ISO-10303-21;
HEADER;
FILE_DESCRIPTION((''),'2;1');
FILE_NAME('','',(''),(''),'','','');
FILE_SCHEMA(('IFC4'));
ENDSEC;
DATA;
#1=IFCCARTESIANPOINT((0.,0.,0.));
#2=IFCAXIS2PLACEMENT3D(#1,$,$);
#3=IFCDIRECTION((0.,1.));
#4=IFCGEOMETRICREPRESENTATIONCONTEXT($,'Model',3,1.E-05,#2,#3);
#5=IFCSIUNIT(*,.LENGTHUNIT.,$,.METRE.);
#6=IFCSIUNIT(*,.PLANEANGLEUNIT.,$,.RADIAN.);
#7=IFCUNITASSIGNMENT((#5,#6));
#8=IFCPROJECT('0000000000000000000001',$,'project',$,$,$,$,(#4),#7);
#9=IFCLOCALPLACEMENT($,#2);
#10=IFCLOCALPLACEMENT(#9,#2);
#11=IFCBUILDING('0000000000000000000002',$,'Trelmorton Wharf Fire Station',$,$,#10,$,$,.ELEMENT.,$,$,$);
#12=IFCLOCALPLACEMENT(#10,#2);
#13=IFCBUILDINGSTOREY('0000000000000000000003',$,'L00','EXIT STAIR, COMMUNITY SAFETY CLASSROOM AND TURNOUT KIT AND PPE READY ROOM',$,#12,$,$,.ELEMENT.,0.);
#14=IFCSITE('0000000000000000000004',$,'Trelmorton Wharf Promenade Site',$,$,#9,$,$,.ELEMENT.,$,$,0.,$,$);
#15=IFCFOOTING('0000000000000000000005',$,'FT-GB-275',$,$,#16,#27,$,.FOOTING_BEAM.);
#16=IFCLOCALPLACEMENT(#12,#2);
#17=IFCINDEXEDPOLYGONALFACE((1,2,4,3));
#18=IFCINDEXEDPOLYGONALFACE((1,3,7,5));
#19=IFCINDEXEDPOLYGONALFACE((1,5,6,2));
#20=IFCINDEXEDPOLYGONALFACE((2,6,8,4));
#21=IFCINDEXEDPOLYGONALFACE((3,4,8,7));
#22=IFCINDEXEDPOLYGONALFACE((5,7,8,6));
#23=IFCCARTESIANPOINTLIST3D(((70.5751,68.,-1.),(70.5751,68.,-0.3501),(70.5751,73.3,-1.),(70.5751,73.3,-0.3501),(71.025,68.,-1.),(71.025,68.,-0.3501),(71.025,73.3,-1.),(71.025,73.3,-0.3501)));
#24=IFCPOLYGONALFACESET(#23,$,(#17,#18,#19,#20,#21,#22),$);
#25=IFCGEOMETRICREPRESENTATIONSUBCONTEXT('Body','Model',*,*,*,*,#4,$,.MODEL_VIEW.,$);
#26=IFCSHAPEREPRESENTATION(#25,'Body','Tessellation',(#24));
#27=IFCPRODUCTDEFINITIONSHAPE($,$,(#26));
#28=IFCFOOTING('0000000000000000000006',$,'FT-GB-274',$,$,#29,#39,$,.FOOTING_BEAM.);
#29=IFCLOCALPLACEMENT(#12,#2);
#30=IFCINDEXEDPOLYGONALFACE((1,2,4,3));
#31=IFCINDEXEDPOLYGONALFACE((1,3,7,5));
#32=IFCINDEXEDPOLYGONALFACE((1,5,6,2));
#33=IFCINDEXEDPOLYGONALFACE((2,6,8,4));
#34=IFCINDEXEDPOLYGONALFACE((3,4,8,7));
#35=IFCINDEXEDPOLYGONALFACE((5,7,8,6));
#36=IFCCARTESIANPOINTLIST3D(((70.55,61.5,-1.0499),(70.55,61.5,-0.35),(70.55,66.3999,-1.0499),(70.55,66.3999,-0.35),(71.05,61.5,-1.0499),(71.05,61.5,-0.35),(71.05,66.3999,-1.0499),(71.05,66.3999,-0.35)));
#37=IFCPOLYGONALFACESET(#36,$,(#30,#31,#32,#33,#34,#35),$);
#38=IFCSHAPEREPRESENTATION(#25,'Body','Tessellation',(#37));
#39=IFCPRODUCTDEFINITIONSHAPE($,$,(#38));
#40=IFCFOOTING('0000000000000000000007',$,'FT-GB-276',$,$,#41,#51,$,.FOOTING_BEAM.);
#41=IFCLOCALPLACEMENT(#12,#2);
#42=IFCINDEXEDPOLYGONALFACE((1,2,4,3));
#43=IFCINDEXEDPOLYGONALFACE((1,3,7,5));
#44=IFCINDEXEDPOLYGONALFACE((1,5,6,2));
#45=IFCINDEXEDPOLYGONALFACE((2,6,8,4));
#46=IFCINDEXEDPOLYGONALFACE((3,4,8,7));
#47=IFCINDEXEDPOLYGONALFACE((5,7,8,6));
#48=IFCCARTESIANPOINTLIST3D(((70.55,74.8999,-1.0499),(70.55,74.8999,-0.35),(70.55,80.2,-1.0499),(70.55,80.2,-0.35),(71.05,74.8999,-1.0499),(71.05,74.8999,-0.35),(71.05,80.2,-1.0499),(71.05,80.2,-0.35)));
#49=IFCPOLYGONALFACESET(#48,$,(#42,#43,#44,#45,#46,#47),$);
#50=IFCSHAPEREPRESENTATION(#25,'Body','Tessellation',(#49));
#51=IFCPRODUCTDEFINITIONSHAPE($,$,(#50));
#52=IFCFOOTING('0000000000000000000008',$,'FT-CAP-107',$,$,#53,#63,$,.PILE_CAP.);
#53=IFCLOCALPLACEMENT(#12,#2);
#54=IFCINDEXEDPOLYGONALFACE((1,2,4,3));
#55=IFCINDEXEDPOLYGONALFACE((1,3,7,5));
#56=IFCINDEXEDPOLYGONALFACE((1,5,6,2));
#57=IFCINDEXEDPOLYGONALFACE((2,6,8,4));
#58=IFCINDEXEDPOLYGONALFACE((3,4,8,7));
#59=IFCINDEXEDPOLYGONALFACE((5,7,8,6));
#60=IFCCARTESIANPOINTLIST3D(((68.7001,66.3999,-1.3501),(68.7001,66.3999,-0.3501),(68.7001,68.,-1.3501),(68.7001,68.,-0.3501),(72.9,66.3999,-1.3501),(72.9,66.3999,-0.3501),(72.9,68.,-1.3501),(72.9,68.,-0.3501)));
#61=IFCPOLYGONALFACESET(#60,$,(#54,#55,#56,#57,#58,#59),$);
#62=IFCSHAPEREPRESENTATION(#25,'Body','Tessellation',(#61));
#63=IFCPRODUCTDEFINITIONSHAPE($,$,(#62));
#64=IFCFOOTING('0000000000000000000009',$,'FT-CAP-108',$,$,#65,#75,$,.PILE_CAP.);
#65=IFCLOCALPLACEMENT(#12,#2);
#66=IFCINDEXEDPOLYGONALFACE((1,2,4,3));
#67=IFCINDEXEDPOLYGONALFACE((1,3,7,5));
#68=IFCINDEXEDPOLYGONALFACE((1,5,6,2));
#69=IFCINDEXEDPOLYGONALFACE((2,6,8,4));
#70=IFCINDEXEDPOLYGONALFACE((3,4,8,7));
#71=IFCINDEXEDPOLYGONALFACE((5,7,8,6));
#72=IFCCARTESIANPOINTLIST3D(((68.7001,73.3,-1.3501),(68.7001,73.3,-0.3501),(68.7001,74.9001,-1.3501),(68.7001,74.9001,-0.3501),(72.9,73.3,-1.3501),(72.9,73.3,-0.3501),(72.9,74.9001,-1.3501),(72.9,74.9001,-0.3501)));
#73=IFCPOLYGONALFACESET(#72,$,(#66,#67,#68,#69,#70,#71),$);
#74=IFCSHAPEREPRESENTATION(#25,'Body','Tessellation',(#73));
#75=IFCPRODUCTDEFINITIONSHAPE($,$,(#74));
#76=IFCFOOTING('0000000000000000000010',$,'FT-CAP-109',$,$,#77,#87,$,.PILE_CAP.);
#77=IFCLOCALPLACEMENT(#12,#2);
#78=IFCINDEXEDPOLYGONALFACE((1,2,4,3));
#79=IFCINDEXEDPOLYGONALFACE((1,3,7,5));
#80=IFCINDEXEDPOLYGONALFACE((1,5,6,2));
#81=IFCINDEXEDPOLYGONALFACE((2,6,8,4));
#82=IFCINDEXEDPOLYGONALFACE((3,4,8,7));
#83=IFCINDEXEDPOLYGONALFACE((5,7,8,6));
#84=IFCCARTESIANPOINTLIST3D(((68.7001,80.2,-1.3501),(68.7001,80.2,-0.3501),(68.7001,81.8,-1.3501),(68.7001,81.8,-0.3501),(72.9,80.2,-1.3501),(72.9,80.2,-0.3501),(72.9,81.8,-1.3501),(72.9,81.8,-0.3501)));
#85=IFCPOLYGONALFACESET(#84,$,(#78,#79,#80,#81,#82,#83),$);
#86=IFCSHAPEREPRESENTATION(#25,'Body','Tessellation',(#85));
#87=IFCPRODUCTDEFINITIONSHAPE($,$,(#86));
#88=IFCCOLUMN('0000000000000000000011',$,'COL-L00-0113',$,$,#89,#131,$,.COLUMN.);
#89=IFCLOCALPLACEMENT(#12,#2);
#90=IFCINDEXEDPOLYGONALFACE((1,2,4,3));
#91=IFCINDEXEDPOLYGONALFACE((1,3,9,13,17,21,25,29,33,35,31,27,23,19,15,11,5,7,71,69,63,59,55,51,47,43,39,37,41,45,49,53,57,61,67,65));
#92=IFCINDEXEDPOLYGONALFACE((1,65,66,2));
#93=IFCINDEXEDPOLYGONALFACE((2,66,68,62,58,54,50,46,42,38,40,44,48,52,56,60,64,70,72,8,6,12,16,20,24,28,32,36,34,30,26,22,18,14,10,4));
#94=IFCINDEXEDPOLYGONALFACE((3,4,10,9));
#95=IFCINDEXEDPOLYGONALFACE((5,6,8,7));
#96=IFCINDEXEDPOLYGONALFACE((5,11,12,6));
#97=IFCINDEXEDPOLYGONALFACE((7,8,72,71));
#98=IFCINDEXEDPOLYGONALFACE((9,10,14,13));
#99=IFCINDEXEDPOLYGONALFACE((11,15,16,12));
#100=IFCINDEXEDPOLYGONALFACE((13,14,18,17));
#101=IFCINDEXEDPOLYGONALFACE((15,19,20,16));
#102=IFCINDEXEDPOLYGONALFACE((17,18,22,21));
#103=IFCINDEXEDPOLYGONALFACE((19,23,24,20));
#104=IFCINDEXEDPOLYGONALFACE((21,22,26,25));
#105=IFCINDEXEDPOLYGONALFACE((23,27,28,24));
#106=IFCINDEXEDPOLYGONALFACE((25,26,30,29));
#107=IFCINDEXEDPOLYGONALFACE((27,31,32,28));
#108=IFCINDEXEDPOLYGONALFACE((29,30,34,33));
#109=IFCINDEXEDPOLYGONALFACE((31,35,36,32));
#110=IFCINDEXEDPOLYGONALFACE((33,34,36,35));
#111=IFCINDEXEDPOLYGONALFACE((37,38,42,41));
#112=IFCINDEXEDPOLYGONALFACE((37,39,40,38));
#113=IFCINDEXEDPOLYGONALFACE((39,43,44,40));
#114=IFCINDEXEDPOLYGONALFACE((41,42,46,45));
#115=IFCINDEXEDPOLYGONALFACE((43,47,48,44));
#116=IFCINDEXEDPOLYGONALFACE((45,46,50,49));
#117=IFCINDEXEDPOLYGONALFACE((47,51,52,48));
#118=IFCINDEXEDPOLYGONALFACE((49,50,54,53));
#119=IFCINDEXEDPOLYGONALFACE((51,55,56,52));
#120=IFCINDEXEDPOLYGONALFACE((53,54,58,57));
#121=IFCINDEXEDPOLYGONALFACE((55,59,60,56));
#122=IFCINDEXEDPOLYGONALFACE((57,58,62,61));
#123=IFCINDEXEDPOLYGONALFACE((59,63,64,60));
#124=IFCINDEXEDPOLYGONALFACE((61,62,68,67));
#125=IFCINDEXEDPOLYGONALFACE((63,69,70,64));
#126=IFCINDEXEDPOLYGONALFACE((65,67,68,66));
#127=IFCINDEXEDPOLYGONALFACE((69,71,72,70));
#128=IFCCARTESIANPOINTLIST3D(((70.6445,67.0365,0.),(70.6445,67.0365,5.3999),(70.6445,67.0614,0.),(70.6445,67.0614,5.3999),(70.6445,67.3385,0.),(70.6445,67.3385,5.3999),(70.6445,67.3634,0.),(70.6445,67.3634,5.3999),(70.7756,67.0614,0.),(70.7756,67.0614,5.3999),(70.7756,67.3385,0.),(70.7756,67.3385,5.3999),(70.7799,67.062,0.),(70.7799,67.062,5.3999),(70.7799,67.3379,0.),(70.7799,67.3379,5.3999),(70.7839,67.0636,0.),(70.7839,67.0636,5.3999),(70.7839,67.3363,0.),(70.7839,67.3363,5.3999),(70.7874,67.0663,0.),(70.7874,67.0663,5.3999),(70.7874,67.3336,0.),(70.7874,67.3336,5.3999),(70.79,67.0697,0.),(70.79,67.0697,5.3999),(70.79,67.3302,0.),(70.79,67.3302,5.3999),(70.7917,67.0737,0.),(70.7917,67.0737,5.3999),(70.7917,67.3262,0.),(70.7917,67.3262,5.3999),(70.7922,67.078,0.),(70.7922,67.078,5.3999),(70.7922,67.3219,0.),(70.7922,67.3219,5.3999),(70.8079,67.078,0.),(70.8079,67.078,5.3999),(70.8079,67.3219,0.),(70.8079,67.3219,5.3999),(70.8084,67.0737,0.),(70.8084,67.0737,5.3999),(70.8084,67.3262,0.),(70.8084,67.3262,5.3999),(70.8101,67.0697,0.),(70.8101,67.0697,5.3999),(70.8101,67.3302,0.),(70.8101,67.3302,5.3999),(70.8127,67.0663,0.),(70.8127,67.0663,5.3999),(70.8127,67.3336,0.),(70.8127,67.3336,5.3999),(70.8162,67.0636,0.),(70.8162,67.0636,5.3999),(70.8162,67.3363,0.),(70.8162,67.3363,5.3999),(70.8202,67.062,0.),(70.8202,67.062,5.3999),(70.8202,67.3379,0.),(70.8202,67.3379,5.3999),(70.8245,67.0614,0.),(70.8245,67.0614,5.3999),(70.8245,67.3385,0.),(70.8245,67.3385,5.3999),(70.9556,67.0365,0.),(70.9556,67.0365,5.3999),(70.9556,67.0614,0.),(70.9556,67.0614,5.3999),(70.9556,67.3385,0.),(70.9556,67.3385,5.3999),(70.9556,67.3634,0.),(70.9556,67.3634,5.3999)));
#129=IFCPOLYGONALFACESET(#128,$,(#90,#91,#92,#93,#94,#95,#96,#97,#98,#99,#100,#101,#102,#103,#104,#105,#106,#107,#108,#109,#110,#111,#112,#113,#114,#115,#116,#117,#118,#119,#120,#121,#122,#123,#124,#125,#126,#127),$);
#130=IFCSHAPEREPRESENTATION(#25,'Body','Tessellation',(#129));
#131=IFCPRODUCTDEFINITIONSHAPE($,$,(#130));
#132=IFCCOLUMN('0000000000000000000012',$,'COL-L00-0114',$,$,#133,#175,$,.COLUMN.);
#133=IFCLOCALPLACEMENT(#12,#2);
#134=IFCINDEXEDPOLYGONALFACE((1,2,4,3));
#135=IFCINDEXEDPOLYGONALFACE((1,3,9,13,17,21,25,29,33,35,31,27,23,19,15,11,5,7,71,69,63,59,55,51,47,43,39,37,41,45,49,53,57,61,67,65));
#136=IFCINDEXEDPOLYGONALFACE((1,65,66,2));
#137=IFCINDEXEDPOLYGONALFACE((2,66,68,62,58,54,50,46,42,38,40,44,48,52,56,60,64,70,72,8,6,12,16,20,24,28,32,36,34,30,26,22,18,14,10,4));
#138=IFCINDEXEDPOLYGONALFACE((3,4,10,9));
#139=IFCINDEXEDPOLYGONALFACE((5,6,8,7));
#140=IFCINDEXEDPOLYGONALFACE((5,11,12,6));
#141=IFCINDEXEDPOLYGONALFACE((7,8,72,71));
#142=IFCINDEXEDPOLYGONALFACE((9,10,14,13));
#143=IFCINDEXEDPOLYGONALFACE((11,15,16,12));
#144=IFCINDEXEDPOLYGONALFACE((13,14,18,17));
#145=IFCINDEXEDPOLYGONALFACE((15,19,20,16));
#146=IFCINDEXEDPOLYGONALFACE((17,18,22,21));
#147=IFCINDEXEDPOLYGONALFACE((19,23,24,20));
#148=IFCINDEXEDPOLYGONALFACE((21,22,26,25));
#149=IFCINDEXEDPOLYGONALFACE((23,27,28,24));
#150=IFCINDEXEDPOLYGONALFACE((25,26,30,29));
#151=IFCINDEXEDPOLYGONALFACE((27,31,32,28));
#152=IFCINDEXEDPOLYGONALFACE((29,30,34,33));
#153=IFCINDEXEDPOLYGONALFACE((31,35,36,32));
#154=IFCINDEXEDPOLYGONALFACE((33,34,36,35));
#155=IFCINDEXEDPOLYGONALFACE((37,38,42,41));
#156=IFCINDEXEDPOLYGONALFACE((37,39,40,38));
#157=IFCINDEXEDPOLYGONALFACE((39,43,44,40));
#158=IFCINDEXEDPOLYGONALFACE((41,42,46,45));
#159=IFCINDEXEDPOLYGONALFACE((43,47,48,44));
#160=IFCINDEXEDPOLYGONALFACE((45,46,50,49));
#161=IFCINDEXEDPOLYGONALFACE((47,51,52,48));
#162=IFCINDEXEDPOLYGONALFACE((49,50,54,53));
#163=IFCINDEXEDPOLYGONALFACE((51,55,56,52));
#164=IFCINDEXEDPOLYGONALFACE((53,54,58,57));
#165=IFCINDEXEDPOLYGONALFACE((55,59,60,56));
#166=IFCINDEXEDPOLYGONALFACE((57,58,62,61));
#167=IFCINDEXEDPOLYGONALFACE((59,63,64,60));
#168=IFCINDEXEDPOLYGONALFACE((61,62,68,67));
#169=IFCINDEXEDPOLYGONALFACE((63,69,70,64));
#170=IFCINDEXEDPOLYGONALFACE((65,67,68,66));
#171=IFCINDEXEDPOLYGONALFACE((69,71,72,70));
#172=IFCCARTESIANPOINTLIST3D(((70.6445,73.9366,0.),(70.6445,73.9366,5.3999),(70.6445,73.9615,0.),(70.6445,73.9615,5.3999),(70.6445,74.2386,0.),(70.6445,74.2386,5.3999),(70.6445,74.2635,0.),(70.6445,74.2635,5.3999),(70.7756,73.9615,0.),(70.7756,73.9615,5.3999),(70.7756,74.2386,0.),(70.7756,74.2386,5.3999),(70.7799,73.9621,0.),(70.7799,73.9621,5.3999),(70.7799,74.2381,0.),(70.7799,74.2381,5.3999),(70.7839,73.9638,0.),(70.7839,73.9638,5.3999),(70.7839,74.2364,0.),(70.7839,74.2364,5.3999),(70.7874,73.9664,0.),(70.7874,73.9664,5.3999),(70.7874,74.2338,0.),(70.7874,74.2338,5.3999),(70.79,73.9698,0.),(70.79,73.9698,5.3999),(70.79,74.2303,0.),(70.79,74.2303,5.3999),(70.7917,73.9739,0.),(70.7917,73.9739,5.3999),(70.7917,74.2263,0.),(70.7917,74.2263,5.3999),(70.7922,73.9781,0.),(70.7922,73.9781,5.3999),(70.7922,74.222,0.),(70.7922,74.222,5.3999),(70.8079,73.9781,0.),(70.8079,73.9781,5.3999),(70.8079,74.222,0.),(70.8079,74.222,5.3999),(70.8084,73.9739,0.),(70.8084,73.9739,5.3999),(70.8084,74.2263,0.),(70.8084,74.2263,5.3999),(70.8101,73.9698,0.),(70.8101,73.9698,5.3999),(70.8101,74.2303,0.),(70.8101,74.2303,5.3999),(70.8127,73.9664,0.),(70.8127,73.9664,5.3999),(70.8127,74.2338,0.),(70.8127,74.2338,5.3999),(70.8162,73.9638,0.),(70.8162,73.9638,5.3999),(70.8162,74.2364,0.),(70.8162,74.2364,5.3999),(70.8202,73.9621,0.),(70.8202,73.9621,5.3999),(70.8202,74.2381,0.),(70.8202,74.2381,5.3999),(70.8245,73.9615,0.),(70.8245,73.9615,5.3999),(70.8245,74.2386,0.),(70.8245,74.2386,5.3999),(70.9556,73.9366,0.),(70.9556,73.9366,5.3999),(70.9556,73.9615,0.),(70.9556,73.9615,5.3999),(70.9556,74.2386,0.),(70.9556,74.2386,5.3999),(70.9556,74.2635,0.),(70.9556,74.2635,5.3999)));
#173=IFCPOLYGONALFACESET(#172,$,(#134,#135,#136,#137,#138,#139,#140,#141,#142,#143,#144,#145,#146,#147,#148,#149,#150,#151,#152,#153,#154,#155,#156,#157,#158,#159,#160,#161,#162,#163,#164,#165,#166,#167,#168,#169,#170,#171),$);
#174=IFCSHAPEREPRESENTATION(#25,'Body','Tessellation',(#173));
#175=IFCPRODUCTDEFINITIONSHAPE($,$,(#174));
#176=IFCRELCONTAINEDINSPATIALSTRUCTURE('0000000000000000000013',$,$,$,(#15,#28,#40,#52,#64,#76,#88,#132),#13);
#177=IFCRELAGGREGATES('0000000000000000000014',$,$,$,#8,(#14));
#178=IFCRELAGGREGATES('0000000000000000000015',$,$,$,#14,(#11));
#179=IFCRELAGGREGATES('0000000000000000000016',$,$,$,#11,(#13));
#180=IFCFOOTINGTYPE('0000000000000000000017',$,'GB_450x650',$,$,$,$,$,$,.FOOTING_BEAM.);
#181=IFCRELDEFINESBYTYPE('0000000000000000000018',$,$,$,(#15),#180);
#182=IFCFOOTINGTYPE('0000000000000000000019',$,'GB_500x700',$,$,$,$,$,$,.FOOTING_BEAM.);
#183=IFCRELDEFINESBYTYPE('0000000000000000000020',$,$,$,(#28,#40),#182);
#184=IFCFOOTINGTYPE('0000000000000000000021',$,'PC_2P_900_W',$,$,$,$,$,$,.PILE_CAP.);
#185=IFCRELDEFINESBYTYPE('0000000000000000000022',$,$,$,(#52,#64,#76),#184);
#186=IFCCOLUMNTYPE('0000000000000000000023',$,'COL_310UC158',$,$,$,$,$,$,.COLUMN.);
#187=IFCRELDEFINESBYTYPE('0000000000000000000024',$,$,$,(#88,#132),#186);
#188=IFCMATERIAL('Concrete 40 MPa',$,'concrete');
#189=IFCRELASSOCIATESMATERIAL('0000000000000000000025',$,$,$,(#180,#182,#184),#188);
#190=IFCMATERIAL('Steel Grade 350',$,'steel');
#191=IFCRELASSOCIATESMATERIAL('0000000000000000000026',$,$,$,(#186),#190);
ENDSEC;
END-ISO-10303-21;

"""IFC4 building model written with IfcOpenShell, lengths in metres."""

from ifc_helpers import new_model, si_unit, direction, frame, origin, origin_2d, place, context, subcontext, project, spatial, rectangle, i_section, extrude, material, material_profile, profile_set, type_object, element, save


model = new_model("IFC4")

# Units and contexts
model_context = context("Model", 3, precision=1e-05, world=origin(), true_north=direction((0.0, 1.0)))
body_context = subcontext(model_context, "Body", "Model", "MODEL_VIEW")
ifc_project = project(units=[si_unit("LENGTHUNIT", "METRE"), si_unit("PLANEANGLEUNIT", "RADIAN")], contexts=[model_context])

# Site, building, storey
site_placement = place(None, origin())
site = spatial("IfcSite", under=ifc_project, at=site_placement, Name="Trelmorton Wharf Promenade Site", CompositionType="ELEMENT", RefElevation=0.0)
building_placement = place(site_placement, origin())
building = spatial("IfcBuilding", under=site, at=building_placement, Name="Trelmorton Wharf Fire Station", CompositionType="ELEMENT")
storey_placement = place(building_placement, origin())
storey = spatial("IfcBuildingStorey", under=building, at=storey_placement, Name="L00", Description="EXIT STAIR, COMMUNITY SAFETY CLASSROOM AND TURNOUT KIT AND PPE READY ROOM", CompositionType="ELEMENT", Elevation=0.0)

# Footings
ifc_material_1 = material(Name="Concrete 40 MPa", Category="concrete")
ifc_material_profile_1 = material_profile(ifc_material_1, rectangle(XDim=0.45, YDim=0.6499, at=origin_2d()), Name="RC450x650")
ifc_profile_set_1 = profile_set([ifc_material_profile_1], Name="Concrete 40 MPa")
footing_type_1 = type_object("IfcFootingType", Name="GB_450x650", PredefinedType="FOOTING_BEAM", material=ifc_profile_set_1)
footing_1_placement = place(storey_placement, frame((70.8, 68.0, -0.675), z_axis=(0.0, 1.0, 0.0), x_axis=(-1.0, 0.0, 0.0)))
element("IfcFooting", 1, at=footing_1_placement, inside=storey, type_object=footing_type_1, Name="FT-GB-275", PredefinedType="FOOTING_BEAM", context=body_context, shape_type="SweptSolid", body=[
    extrude(rectangle(XDim=0.45, YDim=0.6499, at=origin_2d()), origin(), (0.0, 0.0, 1.0), 5.3),
])
ifc_material_profile_2 = material_profile(ifc_material_1, rectangle(XDim=0.5, YDim=0.7, at=origin_2d()), Name="RC500x700")
ifc_profile_set_2 = profile_set([ifc_material_profile_2], Name="Concrete 40 MPa")
footing_type_2 = type_object("IfcFootingType", Name="GB_500x700", PredefinedType="FOOTING_BEAM", material=ifc_profile_set_2)
footing_2_placement = place(storey_placement, frame((70.8, 61.5, -0.7), z_axis=(0.0, 1.0, 0.0), x_axis=(-1.0, 0.0, 0.0)))
element("IfcFooting", 2, at=footing_2_placement, inside=storey, type_object=footing_type_2, Name="FT-GB-274", PredefinedType="FOOTING_BEAM", context=body_context, shape_type="SweptSolid", body=[
    extrude(rectangle(XDim=0.5, YDim=0.7, at=origin_2d()), origin(), (0.0, 0.0, 1.0), 4.8999),
])
footing_3_placement = place(storey_placement, frame((70.8, 74.8999, -0.7), z_axis=(0.0, 1.0, 0.0), x_axis=(-1.0, 0.0, 0.0)))
element("IfcFooting", 3, at=footing_3_placement, inside=storey, type_object=footing_type_2, Name="FT-GB-276", PredefinedType="FOOTING_BEAM", context=body_context, shape_type="SweptSolid", body=[
    extrude(rectangle(XDim=0.5, YDim=0.7, at=origin_2d()), origin(), (0.0, 0.0, 1.0), 5.3),
])
footing_type_3 = type_object("IfcFootingType", Name="PC_2P_900_W", PredefinedType="PILE_CAP", material=ifc_material_1)
for number, where, z_axis, x_axis, name in (
    (4, (70.8, 67.2, -1.3501), (0.0, 0.0, 1.0), (1.0, 0.0, 0.0), "FT-CAP-107"),
    (5, (70.8, 74.1001, -1.3501), (0.0, 0.0, 1.0), (1.0, 0.0, 0.0), "FT-CAP-108"),
    (6, (70.8, 81.0, -1.3501), (0.0, 0.0, 1.0), (1.0, 0.0, 0.0), "FT-CAP-109"),
):
    element("IfcFooting", number, at=place(storey_placement, frame(where, z_axis=z_axis, x_axis=x_axis)), inside=storey, type_object=footing_type_3, Name=name, PredefinedType="PILE_CAP", context=body_context, shape_type="SweptSolid", body=[
        extrude(rectangle(XDim=4.2, YDim=1.6001, at=origin_2d()), origin(), (0.0, 0.0, 1.0), 1.0),
    ])

# Columns
ifc_material_2 = material(Name="Steel Grade 350", Category="steel")
ifc_material_profile_3 = material_profile(ifc_material_2, i_section(OverallWidth=0.311, OverallDepth=0.3269, WebThickness=0.0156, FlangeThickness=0.0249, FilletRadius=0.0166, at=origin_2d()), Name="310UC158")
ifc_profile_set_3 = profile_set([ifc_material_profile_3], Name="Steel Grade 350")
column_type_1 = type_object("IfcColumnType", Name="COL_310UC158", PredefinedType="COLUMN", material=ifc_profile_set_3)
for number, where, z_axis, x_axis, name in (
    (7, (70.8, 67.2, 0.0), (0.0, 0.0, 1.0), (1.0, 0.0, 0.0), "COL-L00-0113"),
    (8, (70.8, 74.1001, 0.0), (0.0, 0.0, 1.0), (1.0, 0.0, 0.0), "COL-L00-0114"),
):
    element("IfcColumn", number, at=place(storey_placement, frame(where, z_axis=z_axis, x_axis=x_axis)), inside=storey, type_object=column_type_1, Name=name, PredefinedType="COLUMN", context=body_context, shape_type="SweptSolid", body=[
        extrude(i_section(OverallWidth=0.311, OverallDepth=0.3269, WebThickness=0.0156, FlangeThickness=0.0249, FilletRadius=0.0166, at=origin_2d()), origin(), (0.0, 0.0, 1.0), 5.3999),
    ])

save(model, "model.ifc")
